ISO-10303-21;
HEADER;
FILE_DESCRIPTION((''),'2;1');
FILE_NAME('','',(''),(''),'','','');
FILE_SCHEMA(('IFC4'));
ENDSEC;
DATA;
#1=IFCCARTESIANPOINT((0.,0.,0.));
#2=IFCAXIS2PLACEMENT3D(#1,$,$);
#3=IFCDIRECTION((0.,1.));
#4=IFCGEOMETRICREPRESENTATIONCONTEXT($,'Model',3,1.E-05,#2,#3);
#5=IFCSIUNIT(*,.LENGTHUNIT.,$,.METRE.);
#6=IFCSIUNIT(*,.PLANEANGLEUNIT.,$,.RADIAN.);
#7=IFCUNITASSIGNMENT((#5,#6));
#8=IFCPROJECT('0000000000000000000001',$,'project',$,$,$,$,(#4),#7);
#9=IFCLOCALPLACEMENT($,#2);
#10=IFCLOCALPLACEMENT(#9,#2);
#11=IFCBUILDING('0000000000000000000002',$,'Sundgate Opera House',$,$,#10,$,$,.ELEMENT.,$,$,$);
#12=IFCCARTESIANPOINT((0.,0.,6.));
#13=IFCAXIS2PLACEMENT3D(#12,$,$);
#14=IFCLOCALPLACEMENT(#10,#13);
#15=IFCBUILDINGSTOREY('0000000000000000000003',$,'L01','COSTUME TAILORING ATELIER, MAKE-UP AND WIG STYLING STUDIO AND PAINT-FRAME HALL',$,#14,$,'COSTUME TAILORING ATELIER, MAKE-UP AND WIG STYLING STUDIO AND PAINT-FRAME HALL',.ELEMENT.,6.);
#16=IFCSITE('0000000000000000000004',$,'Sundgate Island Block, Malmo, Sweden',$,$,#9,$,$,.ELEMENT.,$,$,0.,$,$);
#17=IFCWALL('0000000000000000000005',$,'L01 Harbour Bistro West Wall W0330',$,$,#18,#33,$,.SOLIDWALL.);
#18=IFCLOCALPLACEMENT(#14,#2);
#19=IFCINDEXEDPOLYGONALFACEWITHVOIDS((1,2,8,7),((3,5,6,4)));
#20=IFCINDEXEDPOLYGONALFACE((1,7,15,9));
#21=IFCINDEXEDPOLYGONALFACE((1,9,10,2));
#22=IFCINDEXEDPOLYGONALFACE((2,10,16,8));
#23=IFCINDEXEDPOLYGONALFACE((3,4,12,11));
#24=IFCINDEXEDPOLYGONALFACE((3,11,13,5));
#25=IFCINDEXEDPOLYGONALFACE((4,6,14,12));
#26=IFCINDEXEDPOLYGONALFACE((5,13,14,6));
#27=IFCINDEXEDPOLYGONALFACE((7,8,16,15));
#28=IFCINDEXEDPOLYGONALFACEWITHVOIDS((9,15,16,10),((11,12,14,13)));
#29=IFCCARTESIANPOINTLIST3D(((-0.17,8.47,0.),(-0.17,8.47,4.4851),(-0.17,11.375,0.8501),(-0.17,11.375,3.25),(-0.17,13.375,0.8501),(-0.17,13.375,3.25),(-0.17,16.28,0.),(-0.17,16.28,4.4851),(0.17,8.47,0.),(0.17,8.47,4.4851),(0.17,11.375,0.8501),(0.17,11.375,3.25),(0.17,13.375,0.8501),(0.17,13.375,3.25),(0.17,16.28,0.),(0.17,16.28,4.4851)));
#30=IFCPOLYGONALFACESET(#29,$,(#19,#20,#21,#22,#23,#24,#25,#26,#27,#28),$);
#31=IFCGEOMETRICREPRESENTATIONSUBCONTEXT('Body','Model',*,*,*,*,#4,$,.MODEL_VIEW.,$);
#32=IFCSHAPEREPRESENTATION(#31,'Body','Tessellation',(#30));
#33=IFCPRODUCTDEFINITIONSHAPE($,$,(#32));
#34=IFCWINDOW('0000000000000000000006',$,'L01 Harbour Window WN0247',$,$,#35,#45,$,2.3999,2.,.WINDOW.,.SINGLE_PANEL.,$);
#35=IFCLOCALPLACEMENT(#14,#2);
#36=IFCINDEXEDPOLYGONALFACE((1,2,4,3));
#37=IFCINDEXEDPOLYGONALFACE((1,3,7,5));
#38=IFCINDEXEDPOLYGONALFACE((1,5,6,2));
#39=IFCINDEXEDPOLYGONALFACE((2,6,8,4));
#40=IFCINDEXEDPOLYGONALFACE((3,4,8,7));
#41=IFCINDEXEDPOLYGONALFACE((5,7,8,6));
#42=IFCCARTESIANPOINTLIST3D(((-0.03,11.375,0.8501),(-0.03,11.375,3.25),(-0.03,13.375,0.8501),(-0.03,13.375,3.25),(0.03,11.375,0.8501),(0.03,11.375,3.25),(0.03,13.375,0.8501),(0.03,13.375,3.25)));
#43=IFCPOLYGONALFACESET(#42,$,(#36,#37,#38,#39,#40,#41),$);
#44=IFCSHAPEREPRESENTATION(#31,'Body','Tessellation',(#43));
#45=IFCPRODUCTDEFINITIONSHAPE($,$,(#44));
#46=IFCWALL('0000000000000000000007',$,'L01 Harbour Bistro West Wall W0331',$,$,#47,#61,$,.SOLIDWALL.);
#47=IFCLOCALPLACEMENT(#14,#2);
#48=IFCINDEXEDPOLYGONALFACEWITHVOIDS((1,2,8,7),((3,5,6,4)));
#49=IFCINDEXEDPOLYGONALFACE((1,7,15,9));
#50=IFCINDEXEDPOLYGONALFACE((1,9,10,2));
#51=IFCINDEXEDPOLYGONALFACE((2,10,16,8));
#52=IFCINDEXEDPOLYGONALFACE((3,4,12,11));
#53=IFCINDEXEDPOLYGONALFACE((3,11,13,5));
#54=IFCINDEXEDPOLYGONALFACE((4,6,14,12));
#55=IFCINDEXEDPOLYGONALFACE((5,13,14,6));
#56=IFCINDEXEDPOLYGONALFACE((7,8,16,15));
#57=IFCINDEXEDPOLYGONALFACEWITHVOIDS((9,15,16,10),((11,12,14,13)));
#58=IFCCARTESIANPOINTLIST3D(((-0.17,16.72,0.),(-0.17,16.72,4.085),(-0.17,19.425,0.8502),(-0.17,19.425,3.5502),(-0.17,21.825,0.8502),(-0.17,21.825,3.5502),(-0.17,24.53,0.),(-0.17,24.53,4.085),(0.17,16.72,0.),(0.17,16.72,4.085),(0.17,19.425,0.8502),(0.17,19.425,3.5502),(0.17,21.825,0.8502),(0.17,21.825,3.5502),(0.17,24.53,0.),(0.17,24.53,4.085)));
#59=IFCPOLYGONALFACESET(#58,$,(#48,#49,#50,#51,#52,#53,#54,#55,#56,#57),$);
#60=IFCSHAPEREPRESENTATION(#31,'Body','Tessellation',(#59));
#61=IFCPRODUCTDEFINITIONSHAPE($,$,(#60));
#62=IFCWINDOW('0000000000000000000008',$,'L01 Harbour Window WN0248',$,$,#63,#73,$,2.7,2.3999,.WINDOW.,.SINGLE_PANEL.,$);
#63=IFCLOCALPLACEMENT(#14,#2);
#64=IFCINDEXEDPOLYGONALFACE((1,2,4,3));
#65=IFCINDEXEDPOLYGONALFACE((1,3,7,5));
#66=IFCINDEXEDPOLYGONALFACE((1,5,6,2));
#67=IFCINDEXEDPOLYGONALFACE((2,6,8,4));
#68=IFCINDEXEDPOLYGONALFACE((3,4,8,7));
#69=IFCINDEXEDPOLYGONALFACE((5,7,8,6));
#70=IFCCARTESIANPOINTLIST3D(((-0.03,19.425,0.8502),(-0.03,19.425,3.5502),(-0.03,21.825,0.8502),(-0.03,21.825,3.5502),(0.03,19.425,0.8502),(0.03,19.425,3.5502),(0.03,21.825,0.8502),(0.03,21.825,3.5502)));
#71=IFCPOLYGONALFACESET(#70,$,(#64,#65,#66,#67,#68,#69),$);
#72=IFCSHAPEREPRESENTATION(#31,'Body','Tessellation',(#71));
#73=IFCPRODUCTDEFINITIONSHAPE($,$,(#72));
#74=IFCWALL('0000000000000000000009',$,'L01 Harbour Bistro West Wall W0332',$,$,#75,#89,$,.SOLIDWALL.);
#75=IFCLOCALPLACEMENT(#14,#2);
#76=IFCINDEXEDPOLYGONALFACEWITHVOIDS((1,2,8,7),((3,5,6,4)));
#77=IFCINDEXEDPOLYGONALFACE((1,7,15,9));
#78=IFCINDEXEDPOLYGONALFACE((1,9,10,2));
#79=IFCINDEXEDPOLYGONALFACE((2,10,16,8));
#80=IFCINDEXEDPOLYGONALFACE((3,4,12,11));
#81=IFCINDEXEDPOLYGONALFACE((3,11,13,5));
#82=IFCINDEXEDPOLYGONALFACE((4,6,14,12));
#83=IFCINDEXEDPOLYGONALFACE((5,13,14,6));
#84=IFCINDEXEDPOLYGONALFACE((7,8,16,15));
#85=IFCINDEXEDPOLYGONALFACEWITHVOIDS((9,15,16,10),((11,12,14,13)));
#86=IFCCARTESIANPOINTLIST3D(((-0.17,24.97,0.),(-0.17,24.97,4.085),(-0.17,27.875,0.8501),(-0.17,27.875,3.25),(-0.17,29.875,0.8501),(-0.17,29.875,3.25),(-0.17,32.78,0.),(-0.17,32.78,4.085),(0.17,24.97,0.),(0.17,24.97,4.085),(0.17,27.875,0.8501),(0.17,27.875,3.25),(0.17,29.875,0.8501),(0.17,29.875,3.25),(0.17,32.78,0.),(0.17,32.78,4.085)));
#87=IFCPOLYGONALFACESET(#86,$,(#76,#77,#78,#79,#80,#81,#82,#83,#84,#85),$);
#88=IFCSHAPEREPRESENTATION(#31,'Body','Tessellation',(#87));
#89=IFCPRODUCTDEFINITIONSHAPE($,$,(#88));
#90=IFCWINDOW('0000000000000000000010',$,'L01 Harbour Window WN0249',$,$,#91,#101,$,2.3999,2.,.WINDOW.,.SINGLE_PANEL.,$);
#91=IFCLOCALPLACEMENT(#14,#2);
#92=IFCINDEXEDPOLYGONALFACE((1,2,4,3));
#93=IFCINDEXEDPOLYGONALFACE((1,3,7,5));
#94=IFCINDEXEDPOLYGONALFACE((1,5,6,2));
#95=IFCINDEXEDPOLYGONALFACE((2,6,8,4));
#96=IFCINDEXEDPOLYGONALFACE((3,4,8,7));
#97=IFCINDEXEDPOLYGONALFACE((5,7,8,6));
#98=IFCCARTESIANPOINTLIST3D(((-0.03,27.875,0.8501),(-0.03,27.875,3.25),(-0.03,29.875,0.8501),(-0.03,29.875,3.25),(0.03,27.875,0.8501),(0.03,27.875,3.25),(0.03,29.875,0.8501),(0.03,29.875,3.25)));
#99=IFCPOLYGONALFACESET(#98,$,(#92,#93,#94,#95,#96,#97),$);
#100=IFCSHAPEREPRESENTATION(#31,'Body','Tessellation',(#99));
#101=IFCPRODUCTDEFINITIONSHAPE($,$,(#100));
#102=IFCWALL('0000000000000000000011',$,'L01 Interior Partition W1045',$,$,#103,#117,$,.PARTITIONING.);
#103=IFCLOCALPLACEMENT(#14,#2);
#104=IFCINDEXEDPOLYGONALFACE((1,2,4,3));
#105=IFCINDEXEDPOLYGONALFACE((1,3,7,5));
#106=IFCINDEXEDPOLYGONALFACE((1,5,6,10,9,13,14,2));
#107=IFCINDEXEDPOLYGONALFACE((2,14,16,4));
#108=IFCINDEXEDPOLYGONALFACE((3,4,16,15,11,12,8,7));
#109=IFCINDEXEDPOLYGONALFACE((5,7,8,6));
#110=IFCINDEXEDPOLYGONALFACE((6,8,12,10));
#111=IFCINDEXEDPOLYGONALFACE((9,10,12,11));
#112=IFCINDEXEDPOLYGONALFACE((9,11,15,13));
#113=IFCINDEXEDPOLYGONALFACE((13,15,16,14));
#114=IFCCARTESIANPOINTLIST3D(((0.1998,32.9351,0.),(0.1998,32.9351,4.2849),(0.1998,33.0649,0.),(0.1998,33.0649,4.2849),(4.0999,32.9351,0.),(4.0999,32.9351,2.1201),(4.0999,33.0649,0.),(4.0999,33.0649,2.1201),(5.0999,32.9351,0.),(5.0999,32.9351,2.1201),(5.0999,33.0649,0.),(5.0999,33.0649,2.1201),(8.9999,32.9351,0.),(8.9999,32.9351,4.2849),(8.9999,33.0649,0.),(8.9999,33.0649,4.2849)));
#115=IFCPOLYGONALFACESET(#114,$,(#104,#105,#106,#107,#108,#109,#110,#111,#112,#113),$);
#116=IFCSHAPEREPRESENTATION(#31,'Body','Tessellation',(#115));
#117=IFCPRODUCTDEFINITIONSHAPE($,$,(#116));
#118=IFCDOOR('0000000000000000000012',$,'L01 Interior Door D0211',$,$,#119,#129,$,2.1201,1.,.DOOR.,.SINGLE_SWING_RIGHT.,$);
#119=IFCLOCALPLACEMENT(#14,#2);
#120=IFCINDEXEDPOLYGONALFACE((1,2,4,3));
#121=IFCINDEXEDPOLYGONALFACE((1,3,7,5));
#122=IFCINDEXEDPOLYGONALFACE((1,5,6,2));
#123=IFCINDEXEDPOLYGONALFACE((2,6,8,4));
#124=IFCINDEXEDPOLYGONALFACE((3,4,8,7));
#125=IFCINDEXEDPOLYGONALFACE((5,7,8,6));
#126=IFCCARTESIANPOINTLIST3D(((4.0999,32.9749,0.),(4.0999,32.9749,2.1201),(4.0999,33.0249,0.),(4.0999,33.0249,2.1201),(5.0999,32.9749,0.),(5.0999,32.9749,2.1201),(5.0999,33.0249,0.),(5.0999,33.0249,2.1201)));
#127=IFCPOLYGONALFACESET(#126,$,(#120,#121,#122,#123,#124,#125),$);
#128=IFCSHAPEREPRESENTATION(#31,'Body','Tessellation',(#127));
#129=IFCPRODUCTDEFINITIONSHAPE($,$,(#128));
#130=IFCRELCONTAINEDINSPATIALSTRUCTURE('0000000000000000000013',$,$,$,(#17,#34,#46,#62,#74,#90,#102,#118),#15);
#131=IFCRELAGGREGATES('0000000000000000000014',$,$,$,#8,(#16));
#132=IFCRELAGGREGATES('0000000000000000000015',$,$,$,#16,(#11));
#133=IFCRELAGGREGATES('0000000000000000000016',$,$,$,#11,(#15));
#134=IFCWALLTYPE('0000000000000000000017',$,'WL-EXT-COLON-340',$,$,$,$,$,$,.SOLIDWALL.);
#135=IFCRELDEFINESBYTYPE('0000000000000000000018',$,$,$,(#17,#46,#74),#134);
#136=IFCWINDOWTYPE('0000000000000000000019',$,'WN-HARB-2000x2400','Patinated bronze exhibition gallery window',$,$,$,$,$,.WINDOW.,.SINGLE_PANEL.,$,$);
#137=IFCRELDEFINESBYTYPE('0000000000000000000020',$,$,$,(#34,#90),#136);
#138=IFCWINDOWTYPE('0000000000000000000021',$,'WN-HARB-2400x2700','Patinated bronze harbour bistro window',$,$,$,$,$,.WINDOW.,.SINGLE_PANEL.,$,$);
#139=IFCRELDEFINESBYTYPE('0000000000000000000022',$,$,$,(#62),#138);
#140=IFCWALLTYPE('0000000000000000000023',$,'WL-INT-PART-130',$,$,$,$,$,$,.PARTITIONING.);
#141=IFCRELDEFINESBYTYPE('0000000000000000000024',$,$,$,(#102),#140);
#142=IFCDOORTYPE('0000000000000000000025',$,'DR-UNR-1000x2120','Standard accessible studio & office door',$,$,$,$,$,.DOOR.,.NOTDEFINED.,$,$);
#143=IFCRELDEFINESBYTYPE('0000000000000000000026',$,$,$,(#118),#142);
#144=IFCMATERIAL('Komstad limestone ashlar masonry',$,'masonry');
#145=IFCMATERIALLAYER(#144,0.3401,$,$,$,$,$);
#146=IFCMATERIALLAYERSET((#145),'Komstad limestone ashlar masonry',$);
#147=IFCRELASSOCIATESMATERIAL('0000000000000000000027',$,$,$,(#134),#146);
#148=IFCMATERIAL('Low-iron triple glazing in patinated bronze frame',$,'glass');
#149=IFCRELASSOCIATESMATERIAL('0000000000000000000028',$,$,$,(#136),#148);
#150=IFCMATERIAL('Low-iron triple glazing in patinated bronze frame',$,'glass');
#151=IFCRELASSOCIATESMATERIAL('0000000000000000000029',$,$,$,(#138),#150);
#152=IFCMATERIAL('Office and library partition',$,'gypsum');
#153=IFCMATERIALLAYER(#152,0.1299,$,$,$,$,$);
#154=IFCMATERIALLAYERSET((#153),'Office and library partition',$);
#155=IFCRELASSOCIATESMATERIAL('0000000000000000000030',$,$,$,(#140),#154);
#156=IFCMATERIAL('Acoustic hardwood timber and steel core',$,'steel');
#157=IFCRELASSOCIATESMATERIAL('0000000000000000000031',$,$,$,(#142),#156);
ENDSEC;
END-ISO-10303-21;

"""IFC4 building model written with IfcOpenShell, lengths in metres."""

from ifc_helpers import new_model, si_unit, direction, frame, frame_2d, origin, place, context, subcontext, project, spatial, rectangle, extrude, material, layer, layer_set, type_object, element, fill, save


model = new_model("IFC4")

# Units and contexts
model_context = context("Model", 3, precision=1e-05, world=origin(), true_north=direction((0.0, 1.0)))
body_context = subcontext(model_context, "Body", "Model", "MODEL_VIEW")
ifc_project = project(units=[si_unit("LENGTHUNIT", "METRE"), si_unit("PLANEANGLEUNIT", "RADIAN")], contexts=[model_context])

# Site, building, storey
site_placement = place(None, origin())
site = spatial("IfcSite", under=ifc_project, at=site_placement, Name="Sundgate Island Block, Malmo, Sweden", CompositionType="ELEMENT", RefElevation=0.0)
building_placement = place(site_placement, origin())
building = spatial("IfcBuilding", under=site, at=building_placement, Name="Sundgate Opera House", CompositionType="ELEMENT")
storey_placement = place(building_placement, frame((0.0, 0.0, 6.0)))
storey = spatial("IfcBuildingStorey", under=building, at=storey_placement, Name="L01", Description="COSTUME TAILORING ATELIER, MAKE-UP AND WIG STYLING STUDIO AND PAINT-FRAME HALL", LongName="COSTUME TAILORING ATELIER, MAKE-UP AND WIG STYLING STUDIO AND PAINT-FRAME HALL", CompositionType="ELEMENT", Elevation=6.0)

# Walls, openings, windows
ifc_material_1 = material(Name="Komstad limestone ashlar masonry", Category="masonry")
ifc_layer_1 = layer(ifc_material_1, 0.3401)
ifc_layer_set_1 = layer_set([ifc_layer_1], Name="Komstad limestone ashlar masonry")
wall_type_1 = type_object("IfcWallType", Name="WL-EXT-COLON-340", PredefinedType="SOLIDWALL", material=ifc_layer_set_1)
wall_1_placement = place(storey_placement, frame((0.0, 8.47, 0.0), z_axis=(0.0, 0.0, 1.0), x_axis=(0.0, 1.0, 0.0)))
wall_1 = element("IfcWall", 1, at=wall_1_placement, inside=storey, type_object=wall_type_1, Name="L01 Harbour Bistro West Wall W0330", PredefinedType="SOLIDWALL", context=body_context, shape_type="SweptSolid", body=[
    extrude(rectangle(XDim=7.8101, YDim=0.3401, at=frame_2d((3.905, 0.0))), origin(), (0.0, 0.0, 1.0), 4.4851),
])
opening_1_placement = place(wall_1_placement, frame((2.905, 0.0, 0.8501)))
opening_1 = element("IfcOpeningElement", 2, at=opening_1_placement, cuts=wall_1, PredefinedType="OPENING", context=body_context, shape_type="SweptSolid", body=[
    extrude(rectangle(XDim=2.0, YDim=2.3999, at=frame_2d((1.0, 1.2))), frame((0.0, 0.1799, 0.0), z_axis=(0.0, -1.0, 0.0), x_axis=(1.0, 0.0, 0.0)), (0.0, 0.0, 1.0), 0.3601),
])
ifc_material_2 = material(Name="Low-iron triple glazing in patinated bronze frame", Category="glass")
window_type_1 = type_object("IfcWindowType", Name="WN-HARB-2000x2400", Description="Patinated bronze exhibition gallery window", PartitioningType="SINGLE_PANEL", PredefinedType="WINDOW", material=ifc_material_2)
window_1_placement = place(opening_1_placement, origin())
window_1 = element("IfcWindow", 3, at=window_1_placement, inside=storey, type_object=window_type_1, Name="L01 Harbour Window WN0247", OverallHeight=2.3999, OverallWidth=2.0, PartitioningType="SINGLE_PANEL", PredefinedType="WINDOW", context=body_context, shape_type="SweptSolid", body=[
    extrude(rectangle(XDim=2.0, YDim=2.3999, at=frame_2d((1.0, 1.2))), frame((0.0, 0.03, 0.0), z_axis=(0.0, -1.0, 0.0), x_axis=(1.0, 0.0, 0.0)), (0.0, 0.0, 1.0), 0.0601),
])
fill(opening_1, window_1)
wall_2_placement = place(storey_placement, frame((0.0, 16.72, 0.0), z_axis=(0.0, 0.0, 1.0), x_axis=(0.0, 1.0, 0.0)))
wall_2 = element("IfcWall", 4, at=wall_2_placement, inside=storey, type_object=wall_type_1, Name="L01 Harbour Bistro West Wall W0331", PredefinedType="SOLIDWALL", context=body_context, shape_type="SweptSolid", body=[
    extrude(rectangle(XDim=7.8101, YDim=0.3401, at=frame_2d((3.905, 0.0))), origin(), (0.0, 0.0, 1.0), 4.085),
])
opening_2_placement = place(wall_2_placement, frame((2.7051, 0.0, 0.8501)))
opening_2 = element("IfcOpeningElement", 5, at=opening_2_placement, cuts=wall_2, PredefinedType="OPENING", context=body_context, shape_type="SweptSolid", body=[
    extrude(rectangle(XDim=2.3999, YDim=2.7, at=frame_2d((1.2, 1.3501))), frame((0.0, 0.1799, 0.0), z_axis=(0.0, -1.0, 0.0), x_axis=(1.0, 0.0, 0.0)), (0.0, 0.0, 1.0), 0.3601),
])
ifc_material_3 = material(Name="Low-iron triple glazing in patinated bronze frame", Category="glass")
window_type_2 = type_object("IfcWindowType", Name="WN-HARB-2400x2700", Description="Patinated bronze harbour bistro window", PartitioningType="SINGLE_PANEL", PredefinedType="WINDOW", material=ifc_material_3)
window_2_placement = place(opening_2_placement, origin())
window_2 = element("IfcWindow", 6, at=window_2_placement, inside=storey, type_object=window_type_2, Name="L01 Harbour Window WN0248", OverallHeight=2.7, OverallWidth=2.3999, PartitioningType="SINGLE_PANEL", PredefinedType="WINDOW", context=body_context, shape_type="SweptSolid", body=[
    extrude(rectangle(XDim=2.3999, YDim=2.7, at=frame_2d((1.2, 1.3501))), frame((0.0, 0.03, 0.0), z_axis=(0.0, -1.0, 0.0), x_axis=(1.0, 0.0, 0.0)), (0.0, 0.0, 1.0), 0.0601),
])
fill(opening_2, window_2)
wall_3_placement = place(storey_placement, frame((0.0, 24.97, 0.0), z_axis=(0.0, 0.0, 1.0), x_axis=(0.0, 1.0, 0.0)))
wall_3 = element("IfcWall", 7, at=wall_3_placement, inside=storey, type_object=wall_type_1, Name="L01 Harbour Bistro West Wall W0332", PredefinedType="SOLIDWALL", context=body_context, shape_type="SweptSolid", body=[
    extrude(rectangle(XDim=7.8101, YDim=0.3401, at=frame_2d((3.905, 0.0))), origin(), (0.0, 0.0, 1.0), 4.085),
])
opening_3_placement = place(wall_3_placement, frame((2.905, 0.0, 0.8501)))
opening_3 = element("IfcOpeningElement", 8, at=opening_3_placement, cuts=wall_3, PredefinedType="OPENING", context=body_context, shape_type="SweptSolid", body=[
    extrude(rectangle(XDim=2.0, YDim=2.3999, at=frame_2d((1.0, 1.2))), frame((0.0, 0.1799, 0.0), z_axis=(0.0, -1.0, 0.0), x_axis=(1.0, 0.0, 0.0)), (0.0, 0.0, 1.0), 0.3601),
])
window_3_placement = place(opening_3_placement, origin())
window_3 = element("IfcWindow", 9, at=window_3_placement, inside=storey, type_object=window_type_1, Name="L01 Harbour Window WN0249", OverallHeight=2.3999, OverallWidth=2.0, PartitioningType="SINGLE_PANEL", PredefinedType="WINDOW", context=body_context, shape_type="SweptSolid", body=[
    extrude(rectangle(XDim=2.0, YDim=2.3999, at=frame_2d((1.0, 1.2))), frame((0.0, 0.03, 0.0), z_axis=(0.0, -1.0, 0.0), x_axis=(1.0, 0.0, 0.0)), (0.0, 0.0, 1.0), 0.0601),
])
fill(opening_3, window_3)

# Wall, opening, door
ifc_material_4 = material(Name="Office and library partition", Category="gypsum")
ifc_layer_2 = layer(ifc_material_4, 0.1299)
ifc_layer_set_2 = layer_set([ifc_layer_2], Name="Office and library partition")
wall_type_2 = type_object("IfcWallType", Name="WL-INT-PART-130", PredefinedType="PARTITIONING", material=ifc_layer_set_2)
wall_4_placement = place(storey_placement, frame((0.2, 33.0, 0.0), z_axis=(0.0, 0.0, 1.0), x_axis=(1.0, 0.0, 0.0)))
wall_4 = element("IfcWall", 10, at=wall_4_placement, inside=storey, type_object=wall_type_2, Name="L01 Interior Partition W1045", PredefinedType="PARTITIONING", context=body_context, shape_type="SweptSolid", body=[
    extrude(rectangle(XDim=8.8, YDim=0.1299, at=frame_2d((4.3999, 0.0))), origin(), (0.0, 0.0, 1.0), 4.2849),
])
opening_4_placement = place(wall_4_placement, frame((3.8999, 0.0, 0.0)))
opening_4 = element("IfcOpeningElement", 11, at=opening_4_placement, cuts=wall_4, PredefinedType="OPENING", context=body_context, shape_type="SweptSolid", body=[
    extrude(rectangle(XDim=1.0, YDim=2.1201, at=frame_2d((0.5, 1.0601))), frame((0.0, 0.075, 0.0), z_axis=(0.0, -1.0, 0.0), x_axis=(1.0, 0.0, 0.0)), (0.0, 0.0, 1.0), 0.1499),
])
ifc_material_5 = material(Name="Acoustic hardwood timber and steel core", Category="steel")
door_type = type_object("IfcDoorType", Name="DR-UNR-1000x2120", Description="Standard accessible studio & office door", OperationType="NOTDEFINED", PredefinedType="DOOR", material=ifc_material_5)
door_placement = place(opening_4_placement, origin())
door = element("IfcDoor", 12, at=door_placement, inside=storey, type_object=door_type, Name="L01 Interior Door D0211", OperationType="SINGLE_SWING_RIGHT", OverallHeight=2.1201, OverallWidth=1.0, PredefinedType="DOOR", context=body_context, shape_type="SweptSolid", body=[
    extrude(rectangle(XDim=1.0, YDim=2.1201, at=frame_2d((0.5, 1.0601))), frame((0.0, 0.0249, 0.0), z_axis=(0.0, -1.0, 0.0), x_axis=(1.0, 0.0, 0.0)), (0.0, 0.0, 1.0), 0.05),
])
fill(opening_4, door)

save(model, "model.ifc")
